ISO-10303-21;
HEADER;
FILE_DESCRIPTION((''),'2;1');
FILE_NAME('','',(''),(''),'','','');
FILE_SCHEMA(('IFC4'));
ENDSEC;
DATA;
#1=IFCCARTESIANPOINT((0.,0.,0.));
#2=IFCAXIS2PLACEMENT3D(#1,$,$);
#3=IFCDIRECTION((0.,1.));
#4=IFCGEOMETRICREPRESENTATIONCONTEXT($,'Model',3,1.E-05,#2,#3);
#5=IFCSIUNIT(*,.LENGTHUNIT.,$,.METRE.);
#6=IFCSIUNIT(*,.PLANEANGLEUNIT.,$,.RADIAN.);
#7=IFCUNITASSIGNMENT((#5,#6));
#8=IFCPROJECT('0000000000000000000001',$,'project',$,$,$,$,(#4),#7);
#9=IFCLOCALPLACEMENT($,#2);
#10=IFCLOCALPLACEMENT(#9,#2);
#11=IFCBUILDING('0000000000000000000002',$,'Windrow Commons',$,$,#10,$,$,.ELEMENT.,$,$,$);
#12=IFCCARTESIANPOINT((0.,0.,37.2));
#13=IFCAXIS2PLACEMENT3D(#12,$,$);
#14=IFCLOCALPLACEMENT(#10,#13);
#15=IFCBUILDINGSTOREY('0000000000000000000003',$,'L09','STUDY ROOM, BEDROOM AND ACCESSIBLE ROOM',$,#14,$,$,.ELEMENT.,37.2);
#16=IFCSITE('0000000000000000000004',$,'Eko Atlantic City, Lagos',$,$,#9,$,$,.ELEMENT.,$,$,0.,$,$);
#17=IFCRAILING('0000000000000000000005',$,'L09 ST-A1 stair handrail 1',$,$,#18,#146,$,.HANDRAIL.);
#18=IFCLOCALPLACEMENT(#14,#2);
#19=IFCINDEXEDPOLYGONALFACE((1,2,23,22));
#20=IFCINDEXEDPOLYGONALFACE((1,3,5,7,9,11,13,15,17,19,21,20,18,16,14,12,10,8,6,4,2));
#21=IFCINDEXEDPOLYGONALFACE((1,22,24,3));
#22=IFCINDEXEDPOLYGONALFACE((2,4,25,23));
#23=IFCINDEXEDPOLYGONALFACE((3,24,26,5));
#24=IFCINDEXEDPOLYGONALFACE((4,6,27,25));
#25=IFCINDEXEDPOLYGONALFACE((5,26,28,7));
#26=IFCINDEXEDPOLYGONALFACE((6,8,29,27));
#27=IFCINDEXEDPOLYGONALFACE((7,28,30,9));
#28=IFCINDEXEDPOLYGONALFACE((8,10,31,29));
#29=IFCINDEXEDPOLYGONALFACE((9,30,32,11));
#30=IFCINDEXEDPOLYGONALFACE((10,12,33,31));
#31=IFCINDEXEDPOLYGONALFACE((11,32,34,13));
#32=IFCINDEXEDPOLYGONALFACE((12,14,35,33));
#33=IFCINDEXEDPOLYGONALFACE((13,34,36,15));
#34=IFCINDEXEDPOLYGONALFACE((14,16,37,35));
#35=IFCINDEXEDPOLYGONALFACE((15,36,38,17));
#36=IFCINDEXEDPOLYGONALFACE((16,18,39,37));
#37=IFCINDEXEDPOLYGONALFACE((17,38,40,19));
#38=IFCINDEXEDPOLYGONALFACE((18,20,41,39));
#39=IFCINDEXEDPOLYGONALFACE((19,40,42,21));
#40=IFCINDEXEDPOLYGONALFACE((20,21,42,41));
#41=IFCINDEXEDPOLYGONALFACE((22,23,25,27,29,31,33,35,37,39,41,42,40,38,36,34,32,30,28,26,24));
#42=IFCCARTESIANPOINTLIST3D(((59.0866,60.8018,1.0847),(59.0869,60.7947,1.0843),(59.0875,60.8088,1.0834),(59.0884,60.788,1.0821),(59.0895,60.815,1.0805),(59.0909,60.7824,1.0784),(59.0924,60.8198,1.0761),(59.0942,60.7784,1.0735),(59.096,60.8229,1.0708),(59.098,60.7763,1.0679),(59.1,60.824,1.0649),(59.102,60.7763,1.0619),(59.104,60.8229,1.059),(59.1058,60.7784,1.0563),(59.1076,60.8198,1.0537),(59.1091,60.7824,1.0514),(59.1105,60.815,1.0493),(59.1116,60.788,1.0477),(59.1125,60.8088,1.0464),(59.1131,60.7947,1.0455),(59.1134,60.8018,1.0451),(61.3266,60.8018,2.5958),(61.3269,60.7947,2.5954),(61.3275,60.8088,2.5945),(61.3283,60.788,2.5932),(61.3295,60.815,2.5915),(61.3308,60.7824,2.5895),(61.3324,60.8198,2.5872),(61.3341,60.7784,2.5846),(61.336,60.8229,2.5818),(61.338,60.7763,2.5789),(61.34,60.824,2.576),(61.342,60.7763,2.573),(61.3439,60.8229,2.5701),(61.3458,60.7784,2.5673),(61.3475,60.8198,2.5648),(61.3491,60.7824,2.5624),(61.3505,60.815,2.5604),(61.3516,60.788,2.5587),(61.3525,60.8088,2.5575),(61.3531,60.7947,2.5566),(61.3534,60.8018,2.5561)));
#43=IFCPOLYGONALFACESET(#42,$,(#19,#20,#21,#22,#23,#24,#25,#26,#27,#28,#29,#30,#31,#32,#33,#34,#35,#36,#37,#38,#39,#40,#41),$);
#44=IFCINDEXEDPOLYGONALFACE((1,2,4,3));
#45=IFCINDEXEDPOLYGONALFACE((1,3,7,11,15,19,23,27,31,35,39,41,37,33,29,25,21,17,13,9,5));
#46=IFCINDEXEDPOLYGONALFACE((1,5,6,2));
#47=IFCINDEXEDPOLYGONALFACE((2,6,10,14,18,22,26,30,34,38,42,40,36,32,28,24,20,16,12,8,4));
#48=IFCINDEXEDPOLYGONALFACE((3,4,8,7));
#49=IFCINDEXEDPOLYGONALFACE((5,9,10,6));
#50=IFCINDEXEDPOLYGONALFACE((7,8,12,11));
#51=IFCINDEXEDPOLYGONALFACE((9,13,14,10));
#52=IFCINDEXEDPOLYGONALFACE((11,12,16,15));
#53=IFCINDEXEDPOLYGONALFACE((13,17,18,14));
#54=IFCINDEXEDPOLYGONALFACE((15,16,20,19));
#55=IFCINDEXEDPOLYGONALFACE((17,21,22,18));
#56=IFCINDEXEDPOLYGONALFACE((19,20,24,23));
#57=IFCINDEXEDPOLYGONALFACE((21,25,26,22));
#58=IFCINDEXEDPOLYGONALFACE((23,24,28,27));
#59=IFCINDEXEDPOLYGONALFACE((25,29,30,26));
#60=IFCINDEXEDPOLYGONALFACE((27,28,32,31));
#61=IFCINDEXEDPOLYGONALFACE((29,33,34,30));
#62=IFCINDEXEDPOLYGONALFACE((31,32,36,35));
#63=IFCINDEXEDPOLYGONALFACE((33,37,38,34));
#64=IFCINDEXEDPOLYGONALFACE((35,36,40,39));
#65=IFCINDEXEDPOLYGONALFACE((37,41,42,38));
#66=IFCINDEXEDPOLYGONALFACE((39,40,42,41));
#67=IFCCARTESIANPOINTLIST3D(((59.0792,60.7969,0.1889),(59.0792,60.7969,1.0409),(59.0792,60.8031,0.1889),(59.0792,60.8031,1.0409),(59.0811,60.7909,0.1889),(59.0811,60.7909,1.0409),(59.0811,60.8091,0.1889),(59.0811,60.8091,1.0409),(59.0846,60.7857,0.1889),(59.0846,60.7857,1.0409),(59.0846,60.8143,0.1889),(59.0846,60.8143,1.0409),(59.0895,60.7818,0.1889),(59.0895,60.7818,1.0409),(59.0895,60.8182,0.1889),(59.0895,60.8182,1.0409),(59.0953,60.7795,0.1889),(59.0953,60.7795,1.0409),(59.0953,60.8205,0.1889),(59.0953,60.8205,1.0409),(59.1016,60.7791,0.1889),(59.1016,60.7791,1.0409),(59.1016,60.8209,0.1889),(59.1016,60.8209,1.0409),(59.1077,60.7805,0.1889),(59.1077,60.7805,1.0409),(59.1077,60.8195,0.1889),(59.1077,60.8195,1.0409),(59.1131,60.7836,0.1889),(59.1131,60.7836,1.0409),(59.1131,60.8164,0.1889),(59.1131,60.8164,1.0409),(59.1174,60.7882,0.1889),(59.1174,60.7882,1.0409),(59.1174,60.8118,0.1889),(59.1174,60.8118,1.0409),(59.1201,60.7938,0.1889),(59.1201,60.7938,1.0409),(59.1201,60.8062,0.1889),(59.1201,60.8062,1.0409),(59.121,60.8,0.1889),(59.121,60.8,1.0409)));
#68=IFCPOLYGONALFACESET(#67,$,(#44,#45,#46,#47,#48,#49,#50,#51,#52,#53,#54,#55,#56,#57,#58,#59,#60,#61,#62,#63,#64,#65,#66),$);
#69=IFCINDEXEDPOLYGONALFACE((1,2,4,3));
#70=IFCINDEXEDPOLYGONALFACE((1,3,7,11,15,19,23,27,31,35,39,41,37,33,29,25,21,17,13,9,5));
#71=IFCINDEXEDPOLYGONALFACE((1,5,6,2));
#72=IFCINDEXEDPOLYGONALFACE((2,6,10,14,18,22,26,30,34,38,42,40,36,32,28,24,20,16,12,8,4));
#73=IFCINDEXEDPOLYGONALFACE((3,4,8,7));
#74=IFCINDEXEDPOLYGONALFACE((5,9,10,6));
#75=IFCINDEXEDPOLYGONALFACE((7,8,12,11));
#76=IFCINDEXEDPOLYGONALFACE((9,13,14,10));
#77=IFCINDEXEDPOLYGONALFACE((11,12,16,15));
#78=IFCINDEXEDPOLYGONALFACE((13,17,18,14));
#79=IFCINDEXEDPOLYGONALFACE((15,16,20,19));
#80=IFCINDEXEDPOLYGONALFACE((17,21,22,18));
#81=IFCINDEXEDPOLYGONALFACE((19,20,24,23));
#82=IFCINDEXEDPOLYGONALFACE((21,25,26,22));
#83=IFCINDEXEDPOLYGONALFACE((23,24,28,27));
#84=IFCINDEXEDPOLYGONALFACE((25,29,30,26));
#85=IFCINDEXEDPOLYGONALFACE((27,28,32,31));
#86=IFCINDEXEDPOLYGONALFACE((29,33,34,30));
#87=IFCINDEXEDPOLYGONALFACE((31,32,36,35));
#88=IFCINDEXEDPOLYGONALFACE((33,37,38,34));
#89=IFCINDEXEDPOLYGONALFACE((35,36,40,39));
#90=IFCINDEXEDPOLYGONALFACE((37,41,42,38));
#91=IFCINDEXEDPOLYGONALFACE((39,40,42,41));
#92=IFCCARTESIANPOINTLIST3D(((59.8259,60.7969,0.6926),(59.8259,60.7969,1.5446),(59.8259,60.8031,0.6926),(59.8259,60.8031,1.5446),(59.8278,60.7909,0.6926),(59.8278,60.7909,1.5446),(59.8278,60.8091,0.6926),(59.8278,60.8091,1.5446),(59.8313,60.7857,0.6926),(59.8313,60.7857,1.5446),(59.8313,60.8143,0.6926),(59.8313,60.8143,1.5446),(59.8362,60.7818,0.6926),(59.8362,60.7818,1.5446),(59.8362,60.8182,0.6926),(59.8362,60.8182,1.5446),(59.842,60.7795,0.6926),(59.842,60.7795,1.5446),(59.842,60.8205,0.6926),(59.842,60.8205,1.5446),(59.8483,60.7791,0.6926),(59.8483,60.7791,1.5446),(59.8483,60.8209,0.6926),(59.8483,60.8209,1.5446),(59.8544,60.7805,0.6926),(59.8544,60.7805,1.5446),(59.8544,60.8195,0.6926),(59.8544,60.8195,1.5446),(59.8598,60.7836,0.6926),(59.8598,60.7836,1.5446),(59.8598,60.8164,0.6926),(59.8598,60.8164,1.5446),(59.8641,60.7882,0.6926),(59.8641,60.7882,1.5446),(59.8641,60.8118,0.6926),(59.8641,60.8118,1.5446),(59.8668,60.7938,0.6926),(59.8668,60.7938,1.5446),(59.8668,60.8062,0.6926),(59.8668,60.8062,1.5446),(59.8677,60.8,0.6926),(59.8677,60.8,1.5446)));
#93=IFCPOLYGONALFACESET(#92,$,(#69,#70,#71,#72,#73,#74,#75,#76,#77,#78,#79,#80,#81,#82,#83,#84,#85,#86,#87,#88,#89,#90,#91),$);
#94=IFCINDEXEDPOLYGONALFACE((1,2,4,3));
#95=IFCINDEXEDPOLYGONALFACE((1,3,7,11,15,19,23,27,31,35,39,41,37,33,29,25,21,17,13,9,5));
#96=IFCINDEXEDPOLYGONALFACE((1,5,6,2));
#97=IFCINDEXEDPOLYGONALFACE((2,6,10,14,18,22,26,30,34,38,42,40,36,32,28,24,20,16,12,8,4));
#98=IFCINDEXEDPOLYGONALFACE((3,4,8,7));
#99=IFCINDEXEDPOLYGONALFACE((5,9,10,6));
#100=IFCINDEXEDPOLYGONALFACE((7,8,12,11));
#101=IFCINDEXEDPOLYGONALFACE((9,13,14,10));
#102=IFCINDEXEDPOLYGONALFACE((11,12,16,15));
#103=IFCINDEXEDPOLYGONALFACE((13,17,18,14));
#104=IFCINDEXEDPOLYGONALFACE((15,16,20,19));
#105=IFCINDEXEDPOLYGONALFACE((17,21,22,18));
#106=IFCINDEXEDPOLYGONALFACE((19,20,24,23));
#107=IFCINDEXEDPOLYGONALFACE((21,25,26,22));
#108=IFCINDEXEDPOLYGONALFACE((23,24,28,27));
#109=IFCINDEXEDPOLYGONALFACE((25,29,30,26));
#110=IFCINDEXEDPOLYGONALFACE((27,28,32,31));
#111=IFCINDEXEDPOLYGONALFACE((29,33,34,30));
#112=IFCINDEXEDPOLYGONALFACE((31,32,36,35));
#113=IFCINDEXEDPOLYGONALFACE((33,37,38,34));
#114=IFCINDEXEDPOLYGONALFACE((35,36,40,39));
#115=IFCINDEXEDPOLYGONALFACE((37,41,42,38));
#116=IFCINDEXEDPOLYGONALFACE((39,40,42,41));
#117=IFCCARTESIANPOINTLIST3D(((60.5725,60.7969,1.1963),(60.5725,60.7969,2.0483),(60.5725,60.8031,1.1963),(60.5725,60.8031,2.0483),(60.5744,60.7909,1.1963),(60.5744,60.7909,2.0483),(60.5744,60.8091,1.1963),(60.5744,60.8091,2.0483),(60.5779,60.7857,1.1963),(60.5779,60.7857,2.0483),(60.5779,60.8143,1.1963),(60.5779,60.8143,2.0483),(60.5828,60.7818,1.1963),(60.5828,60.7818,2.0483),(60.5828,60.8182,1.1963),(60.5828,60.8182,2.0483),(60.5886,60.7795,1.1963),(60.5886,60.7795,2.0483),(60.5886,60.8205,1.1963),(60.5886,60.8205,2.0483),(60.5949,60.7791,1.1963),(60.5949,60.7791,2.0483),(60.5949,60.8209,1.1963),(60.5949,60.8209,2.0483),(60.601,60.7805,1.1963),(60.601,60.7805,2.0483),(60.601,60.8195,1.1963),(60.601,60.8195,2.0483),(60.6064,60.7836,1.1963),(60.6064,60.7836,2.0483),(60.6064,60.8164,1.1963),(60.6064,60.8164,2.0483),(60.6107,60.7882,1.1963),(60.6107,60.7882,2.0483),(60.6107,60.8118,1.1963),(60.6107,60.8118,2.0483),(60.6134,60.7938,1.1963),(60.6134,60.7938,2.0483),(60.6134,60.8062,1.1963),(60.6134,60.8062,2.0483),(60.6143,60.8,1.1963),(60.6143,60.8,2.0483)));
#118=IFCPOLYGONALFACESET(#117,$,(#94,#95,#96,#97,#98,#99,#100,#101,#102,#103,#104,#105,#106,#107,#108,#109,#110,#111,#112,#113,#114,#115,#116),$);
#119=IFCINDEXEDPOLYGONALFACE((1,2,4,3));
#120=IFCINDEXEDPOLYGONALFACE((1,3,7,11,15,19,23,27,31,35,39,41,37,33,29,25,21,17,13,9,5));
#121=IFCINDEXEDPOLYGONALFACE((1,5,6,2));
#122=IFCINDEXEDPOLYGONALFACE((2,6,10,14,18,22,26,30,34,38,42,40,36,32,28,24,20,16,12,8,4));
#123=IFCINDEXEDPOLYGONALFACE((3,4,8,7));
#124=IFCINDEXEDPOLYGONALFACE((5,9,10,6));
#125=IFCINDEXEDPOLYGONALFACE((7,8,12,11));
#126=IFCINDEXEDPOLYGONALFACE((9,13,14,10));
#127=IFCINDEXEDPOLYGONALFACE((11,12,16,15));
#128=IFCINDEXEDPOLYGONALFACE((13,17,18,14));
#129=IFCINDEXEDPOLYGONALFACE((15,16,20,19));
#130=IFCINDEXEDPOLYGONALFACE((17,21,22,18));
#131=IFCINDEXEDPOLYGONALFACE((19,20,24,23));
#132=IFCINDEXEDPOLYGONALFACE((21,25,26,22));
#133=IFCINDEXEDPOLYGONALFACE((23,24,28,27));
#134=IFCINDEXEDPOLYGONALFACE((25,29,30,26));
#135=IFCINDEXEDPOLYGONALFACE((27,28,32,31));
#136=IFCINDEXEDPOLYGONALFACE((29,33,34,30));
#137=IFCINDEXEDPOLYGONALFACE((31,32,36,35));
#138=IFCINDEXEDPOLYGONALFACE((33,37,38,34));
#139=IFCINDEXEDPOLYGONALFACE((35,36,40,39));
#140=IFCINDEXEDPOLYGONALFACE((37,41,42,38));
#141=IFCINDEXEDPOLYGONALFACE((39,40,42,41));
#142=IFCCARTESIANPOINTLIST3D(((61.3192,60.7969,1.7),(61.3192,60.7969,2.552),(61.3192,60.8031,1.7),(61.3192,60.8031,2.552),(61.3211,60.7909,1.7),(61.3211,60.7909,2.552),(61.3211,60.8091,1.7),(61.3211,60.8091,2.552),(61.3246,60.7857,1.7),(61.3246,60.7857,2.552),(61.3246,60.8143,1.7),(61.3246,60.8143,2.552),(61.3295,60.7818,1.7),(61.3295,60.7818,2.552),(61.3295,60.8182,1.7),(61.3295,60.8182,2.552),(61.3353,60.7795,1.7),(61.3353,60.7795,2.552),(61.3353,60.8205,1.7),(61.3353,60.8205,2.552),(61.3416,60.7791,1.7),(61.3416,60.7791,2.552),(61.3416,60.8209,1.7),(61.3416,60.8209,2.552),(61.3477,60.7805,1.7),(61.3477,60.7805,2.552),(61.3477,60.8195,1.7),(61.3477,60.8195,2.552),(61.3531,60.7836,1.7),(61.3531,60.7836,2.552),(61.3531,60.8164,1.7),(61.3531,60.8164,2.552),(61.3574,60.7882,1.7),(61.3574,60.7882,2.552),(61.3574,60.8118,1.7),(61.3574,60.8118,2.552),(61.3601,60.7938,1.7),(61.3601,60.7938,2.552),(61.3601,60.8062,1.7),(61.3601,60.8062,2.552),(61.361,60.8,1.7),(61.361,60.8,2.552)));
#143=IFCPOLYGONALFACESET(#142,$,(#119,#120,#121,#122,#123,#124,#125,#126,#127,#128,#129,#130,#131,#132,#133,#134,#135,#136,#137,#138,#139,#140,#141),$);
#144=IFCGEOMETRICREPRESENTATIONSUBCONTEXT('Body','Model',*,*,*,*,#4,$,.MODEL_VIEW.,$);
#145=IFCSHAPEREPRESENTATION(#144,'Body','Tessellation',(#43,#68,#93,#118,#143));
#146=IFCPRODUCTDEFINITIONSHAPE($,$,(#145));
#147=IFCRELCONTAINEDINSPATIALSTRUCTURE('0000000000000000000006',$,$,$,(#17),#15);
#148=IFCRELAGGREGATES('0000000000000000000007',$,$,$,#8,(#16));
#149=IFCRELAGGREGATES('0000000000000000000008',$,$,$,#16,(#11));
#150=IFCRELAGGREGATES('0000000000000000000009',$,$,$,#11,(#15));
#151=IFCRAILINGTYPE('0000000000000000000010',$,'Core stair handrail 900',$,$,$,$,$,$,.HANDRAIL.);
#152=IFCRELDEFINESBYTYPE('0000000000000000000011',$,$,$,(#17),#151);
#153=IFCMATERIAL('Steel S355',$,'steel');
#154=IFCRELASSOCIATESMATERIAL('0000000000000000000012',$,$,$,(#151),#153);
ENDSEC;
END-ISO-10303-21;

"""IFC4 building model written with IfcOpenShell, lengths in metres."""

from ifc_helpers import new_model, si_unit, direction, frame, origin, origin_2d, place, context, subcontext, project, spatial, circle, extrude, material, type_object, element, save


model = new_model("IFC4")

# Units and contexts
model_context = context("Model", 3, precision=1e-05, world=origin(), true_north=direction((0.0, 1.0)))
body_context = subcontext(model_context, "Body", "Model", "MODEL_VIEW")
ifc_project = project(units=[si_unit("LENGTHUNIT", "METRE"), si_unit("PLANEANGLEUNIT", "RADIAN")], contexts=[model_context])

# Site, building, storey
site_placement = place(None, origin())
site = spatial("IfcSite", under=ifc_project, at=site_placement, Name="Eko Atlantic City, Lagos", CompositionType="ELEMENT", RefElevation=0.0)
building_placement = place(site_placement, origin())
building = spatial("IfcBuilding", under=site, at=building_placement, Name="Windrow Commons", CompositionType="ELEMENT")
storey_placement = place(building_placement, frame((0.0, 0.0, 37.2)))
storey = spatial("IfcBuildingStorey", under=building, at=storey_placement, Name="L09", Description="STUDY ROOM, BEDROOM AND ACCESSIBLE ROOM", CompositionType="ELEMENT", Elevation=37.2)

# Railing
ifc_material_1 = material(Name="Steel S355", Category="steel")
railing_type_1 = type_object("IfcRailingType", Name="Core stair handrail 900", PredefinedType="HANDRAIL", material=ifc_material_1)
railing_1_placement = place(storey_placement, frame((59.1, 60.8, 0.1889)))
element("IfcRailing", 1, at=railing_1_placement, inside=storey, type_object=railing_type_1, Name="L09 ST-A1 stair handrail 1", PredefinedType="HANDRAIL", context=body_context, shape_type="SweptSolid", body=[
    extrude(circle(Radius=0.024, at=origin_2d()), frame((0.0, 0.0, 0.876), z_axis=(0.829003, 0.0, 0.559244), x_axis=(0.0, 1.0, 0.0)), (0.0, 0.0, 1.0), 2.702),
    extrude(circle(Radius=0.021, at=origin_2d()), origin(), (0.0, 0.0, 1.0), 0.852),
    extrude(circle(Radius=0.021, at=origin_2d()), frame((0.7467, 0.0, 0.5037)), (0.0, 0.0, 1.0), 0.852),
    extrude(circle(Radius=0.021, at=origin_2d()), frame((1.4933, 0.0, 1.0074)), (0.0, 0.0, 1.0), 0.852),
    extrude(circle(Radius=0.021, at=origin_2d()), frame((2.24, 0.0, 1.5111)), (0.0, 0.0, 1.0), 0.852),
])

save(model, "model.ifc")
